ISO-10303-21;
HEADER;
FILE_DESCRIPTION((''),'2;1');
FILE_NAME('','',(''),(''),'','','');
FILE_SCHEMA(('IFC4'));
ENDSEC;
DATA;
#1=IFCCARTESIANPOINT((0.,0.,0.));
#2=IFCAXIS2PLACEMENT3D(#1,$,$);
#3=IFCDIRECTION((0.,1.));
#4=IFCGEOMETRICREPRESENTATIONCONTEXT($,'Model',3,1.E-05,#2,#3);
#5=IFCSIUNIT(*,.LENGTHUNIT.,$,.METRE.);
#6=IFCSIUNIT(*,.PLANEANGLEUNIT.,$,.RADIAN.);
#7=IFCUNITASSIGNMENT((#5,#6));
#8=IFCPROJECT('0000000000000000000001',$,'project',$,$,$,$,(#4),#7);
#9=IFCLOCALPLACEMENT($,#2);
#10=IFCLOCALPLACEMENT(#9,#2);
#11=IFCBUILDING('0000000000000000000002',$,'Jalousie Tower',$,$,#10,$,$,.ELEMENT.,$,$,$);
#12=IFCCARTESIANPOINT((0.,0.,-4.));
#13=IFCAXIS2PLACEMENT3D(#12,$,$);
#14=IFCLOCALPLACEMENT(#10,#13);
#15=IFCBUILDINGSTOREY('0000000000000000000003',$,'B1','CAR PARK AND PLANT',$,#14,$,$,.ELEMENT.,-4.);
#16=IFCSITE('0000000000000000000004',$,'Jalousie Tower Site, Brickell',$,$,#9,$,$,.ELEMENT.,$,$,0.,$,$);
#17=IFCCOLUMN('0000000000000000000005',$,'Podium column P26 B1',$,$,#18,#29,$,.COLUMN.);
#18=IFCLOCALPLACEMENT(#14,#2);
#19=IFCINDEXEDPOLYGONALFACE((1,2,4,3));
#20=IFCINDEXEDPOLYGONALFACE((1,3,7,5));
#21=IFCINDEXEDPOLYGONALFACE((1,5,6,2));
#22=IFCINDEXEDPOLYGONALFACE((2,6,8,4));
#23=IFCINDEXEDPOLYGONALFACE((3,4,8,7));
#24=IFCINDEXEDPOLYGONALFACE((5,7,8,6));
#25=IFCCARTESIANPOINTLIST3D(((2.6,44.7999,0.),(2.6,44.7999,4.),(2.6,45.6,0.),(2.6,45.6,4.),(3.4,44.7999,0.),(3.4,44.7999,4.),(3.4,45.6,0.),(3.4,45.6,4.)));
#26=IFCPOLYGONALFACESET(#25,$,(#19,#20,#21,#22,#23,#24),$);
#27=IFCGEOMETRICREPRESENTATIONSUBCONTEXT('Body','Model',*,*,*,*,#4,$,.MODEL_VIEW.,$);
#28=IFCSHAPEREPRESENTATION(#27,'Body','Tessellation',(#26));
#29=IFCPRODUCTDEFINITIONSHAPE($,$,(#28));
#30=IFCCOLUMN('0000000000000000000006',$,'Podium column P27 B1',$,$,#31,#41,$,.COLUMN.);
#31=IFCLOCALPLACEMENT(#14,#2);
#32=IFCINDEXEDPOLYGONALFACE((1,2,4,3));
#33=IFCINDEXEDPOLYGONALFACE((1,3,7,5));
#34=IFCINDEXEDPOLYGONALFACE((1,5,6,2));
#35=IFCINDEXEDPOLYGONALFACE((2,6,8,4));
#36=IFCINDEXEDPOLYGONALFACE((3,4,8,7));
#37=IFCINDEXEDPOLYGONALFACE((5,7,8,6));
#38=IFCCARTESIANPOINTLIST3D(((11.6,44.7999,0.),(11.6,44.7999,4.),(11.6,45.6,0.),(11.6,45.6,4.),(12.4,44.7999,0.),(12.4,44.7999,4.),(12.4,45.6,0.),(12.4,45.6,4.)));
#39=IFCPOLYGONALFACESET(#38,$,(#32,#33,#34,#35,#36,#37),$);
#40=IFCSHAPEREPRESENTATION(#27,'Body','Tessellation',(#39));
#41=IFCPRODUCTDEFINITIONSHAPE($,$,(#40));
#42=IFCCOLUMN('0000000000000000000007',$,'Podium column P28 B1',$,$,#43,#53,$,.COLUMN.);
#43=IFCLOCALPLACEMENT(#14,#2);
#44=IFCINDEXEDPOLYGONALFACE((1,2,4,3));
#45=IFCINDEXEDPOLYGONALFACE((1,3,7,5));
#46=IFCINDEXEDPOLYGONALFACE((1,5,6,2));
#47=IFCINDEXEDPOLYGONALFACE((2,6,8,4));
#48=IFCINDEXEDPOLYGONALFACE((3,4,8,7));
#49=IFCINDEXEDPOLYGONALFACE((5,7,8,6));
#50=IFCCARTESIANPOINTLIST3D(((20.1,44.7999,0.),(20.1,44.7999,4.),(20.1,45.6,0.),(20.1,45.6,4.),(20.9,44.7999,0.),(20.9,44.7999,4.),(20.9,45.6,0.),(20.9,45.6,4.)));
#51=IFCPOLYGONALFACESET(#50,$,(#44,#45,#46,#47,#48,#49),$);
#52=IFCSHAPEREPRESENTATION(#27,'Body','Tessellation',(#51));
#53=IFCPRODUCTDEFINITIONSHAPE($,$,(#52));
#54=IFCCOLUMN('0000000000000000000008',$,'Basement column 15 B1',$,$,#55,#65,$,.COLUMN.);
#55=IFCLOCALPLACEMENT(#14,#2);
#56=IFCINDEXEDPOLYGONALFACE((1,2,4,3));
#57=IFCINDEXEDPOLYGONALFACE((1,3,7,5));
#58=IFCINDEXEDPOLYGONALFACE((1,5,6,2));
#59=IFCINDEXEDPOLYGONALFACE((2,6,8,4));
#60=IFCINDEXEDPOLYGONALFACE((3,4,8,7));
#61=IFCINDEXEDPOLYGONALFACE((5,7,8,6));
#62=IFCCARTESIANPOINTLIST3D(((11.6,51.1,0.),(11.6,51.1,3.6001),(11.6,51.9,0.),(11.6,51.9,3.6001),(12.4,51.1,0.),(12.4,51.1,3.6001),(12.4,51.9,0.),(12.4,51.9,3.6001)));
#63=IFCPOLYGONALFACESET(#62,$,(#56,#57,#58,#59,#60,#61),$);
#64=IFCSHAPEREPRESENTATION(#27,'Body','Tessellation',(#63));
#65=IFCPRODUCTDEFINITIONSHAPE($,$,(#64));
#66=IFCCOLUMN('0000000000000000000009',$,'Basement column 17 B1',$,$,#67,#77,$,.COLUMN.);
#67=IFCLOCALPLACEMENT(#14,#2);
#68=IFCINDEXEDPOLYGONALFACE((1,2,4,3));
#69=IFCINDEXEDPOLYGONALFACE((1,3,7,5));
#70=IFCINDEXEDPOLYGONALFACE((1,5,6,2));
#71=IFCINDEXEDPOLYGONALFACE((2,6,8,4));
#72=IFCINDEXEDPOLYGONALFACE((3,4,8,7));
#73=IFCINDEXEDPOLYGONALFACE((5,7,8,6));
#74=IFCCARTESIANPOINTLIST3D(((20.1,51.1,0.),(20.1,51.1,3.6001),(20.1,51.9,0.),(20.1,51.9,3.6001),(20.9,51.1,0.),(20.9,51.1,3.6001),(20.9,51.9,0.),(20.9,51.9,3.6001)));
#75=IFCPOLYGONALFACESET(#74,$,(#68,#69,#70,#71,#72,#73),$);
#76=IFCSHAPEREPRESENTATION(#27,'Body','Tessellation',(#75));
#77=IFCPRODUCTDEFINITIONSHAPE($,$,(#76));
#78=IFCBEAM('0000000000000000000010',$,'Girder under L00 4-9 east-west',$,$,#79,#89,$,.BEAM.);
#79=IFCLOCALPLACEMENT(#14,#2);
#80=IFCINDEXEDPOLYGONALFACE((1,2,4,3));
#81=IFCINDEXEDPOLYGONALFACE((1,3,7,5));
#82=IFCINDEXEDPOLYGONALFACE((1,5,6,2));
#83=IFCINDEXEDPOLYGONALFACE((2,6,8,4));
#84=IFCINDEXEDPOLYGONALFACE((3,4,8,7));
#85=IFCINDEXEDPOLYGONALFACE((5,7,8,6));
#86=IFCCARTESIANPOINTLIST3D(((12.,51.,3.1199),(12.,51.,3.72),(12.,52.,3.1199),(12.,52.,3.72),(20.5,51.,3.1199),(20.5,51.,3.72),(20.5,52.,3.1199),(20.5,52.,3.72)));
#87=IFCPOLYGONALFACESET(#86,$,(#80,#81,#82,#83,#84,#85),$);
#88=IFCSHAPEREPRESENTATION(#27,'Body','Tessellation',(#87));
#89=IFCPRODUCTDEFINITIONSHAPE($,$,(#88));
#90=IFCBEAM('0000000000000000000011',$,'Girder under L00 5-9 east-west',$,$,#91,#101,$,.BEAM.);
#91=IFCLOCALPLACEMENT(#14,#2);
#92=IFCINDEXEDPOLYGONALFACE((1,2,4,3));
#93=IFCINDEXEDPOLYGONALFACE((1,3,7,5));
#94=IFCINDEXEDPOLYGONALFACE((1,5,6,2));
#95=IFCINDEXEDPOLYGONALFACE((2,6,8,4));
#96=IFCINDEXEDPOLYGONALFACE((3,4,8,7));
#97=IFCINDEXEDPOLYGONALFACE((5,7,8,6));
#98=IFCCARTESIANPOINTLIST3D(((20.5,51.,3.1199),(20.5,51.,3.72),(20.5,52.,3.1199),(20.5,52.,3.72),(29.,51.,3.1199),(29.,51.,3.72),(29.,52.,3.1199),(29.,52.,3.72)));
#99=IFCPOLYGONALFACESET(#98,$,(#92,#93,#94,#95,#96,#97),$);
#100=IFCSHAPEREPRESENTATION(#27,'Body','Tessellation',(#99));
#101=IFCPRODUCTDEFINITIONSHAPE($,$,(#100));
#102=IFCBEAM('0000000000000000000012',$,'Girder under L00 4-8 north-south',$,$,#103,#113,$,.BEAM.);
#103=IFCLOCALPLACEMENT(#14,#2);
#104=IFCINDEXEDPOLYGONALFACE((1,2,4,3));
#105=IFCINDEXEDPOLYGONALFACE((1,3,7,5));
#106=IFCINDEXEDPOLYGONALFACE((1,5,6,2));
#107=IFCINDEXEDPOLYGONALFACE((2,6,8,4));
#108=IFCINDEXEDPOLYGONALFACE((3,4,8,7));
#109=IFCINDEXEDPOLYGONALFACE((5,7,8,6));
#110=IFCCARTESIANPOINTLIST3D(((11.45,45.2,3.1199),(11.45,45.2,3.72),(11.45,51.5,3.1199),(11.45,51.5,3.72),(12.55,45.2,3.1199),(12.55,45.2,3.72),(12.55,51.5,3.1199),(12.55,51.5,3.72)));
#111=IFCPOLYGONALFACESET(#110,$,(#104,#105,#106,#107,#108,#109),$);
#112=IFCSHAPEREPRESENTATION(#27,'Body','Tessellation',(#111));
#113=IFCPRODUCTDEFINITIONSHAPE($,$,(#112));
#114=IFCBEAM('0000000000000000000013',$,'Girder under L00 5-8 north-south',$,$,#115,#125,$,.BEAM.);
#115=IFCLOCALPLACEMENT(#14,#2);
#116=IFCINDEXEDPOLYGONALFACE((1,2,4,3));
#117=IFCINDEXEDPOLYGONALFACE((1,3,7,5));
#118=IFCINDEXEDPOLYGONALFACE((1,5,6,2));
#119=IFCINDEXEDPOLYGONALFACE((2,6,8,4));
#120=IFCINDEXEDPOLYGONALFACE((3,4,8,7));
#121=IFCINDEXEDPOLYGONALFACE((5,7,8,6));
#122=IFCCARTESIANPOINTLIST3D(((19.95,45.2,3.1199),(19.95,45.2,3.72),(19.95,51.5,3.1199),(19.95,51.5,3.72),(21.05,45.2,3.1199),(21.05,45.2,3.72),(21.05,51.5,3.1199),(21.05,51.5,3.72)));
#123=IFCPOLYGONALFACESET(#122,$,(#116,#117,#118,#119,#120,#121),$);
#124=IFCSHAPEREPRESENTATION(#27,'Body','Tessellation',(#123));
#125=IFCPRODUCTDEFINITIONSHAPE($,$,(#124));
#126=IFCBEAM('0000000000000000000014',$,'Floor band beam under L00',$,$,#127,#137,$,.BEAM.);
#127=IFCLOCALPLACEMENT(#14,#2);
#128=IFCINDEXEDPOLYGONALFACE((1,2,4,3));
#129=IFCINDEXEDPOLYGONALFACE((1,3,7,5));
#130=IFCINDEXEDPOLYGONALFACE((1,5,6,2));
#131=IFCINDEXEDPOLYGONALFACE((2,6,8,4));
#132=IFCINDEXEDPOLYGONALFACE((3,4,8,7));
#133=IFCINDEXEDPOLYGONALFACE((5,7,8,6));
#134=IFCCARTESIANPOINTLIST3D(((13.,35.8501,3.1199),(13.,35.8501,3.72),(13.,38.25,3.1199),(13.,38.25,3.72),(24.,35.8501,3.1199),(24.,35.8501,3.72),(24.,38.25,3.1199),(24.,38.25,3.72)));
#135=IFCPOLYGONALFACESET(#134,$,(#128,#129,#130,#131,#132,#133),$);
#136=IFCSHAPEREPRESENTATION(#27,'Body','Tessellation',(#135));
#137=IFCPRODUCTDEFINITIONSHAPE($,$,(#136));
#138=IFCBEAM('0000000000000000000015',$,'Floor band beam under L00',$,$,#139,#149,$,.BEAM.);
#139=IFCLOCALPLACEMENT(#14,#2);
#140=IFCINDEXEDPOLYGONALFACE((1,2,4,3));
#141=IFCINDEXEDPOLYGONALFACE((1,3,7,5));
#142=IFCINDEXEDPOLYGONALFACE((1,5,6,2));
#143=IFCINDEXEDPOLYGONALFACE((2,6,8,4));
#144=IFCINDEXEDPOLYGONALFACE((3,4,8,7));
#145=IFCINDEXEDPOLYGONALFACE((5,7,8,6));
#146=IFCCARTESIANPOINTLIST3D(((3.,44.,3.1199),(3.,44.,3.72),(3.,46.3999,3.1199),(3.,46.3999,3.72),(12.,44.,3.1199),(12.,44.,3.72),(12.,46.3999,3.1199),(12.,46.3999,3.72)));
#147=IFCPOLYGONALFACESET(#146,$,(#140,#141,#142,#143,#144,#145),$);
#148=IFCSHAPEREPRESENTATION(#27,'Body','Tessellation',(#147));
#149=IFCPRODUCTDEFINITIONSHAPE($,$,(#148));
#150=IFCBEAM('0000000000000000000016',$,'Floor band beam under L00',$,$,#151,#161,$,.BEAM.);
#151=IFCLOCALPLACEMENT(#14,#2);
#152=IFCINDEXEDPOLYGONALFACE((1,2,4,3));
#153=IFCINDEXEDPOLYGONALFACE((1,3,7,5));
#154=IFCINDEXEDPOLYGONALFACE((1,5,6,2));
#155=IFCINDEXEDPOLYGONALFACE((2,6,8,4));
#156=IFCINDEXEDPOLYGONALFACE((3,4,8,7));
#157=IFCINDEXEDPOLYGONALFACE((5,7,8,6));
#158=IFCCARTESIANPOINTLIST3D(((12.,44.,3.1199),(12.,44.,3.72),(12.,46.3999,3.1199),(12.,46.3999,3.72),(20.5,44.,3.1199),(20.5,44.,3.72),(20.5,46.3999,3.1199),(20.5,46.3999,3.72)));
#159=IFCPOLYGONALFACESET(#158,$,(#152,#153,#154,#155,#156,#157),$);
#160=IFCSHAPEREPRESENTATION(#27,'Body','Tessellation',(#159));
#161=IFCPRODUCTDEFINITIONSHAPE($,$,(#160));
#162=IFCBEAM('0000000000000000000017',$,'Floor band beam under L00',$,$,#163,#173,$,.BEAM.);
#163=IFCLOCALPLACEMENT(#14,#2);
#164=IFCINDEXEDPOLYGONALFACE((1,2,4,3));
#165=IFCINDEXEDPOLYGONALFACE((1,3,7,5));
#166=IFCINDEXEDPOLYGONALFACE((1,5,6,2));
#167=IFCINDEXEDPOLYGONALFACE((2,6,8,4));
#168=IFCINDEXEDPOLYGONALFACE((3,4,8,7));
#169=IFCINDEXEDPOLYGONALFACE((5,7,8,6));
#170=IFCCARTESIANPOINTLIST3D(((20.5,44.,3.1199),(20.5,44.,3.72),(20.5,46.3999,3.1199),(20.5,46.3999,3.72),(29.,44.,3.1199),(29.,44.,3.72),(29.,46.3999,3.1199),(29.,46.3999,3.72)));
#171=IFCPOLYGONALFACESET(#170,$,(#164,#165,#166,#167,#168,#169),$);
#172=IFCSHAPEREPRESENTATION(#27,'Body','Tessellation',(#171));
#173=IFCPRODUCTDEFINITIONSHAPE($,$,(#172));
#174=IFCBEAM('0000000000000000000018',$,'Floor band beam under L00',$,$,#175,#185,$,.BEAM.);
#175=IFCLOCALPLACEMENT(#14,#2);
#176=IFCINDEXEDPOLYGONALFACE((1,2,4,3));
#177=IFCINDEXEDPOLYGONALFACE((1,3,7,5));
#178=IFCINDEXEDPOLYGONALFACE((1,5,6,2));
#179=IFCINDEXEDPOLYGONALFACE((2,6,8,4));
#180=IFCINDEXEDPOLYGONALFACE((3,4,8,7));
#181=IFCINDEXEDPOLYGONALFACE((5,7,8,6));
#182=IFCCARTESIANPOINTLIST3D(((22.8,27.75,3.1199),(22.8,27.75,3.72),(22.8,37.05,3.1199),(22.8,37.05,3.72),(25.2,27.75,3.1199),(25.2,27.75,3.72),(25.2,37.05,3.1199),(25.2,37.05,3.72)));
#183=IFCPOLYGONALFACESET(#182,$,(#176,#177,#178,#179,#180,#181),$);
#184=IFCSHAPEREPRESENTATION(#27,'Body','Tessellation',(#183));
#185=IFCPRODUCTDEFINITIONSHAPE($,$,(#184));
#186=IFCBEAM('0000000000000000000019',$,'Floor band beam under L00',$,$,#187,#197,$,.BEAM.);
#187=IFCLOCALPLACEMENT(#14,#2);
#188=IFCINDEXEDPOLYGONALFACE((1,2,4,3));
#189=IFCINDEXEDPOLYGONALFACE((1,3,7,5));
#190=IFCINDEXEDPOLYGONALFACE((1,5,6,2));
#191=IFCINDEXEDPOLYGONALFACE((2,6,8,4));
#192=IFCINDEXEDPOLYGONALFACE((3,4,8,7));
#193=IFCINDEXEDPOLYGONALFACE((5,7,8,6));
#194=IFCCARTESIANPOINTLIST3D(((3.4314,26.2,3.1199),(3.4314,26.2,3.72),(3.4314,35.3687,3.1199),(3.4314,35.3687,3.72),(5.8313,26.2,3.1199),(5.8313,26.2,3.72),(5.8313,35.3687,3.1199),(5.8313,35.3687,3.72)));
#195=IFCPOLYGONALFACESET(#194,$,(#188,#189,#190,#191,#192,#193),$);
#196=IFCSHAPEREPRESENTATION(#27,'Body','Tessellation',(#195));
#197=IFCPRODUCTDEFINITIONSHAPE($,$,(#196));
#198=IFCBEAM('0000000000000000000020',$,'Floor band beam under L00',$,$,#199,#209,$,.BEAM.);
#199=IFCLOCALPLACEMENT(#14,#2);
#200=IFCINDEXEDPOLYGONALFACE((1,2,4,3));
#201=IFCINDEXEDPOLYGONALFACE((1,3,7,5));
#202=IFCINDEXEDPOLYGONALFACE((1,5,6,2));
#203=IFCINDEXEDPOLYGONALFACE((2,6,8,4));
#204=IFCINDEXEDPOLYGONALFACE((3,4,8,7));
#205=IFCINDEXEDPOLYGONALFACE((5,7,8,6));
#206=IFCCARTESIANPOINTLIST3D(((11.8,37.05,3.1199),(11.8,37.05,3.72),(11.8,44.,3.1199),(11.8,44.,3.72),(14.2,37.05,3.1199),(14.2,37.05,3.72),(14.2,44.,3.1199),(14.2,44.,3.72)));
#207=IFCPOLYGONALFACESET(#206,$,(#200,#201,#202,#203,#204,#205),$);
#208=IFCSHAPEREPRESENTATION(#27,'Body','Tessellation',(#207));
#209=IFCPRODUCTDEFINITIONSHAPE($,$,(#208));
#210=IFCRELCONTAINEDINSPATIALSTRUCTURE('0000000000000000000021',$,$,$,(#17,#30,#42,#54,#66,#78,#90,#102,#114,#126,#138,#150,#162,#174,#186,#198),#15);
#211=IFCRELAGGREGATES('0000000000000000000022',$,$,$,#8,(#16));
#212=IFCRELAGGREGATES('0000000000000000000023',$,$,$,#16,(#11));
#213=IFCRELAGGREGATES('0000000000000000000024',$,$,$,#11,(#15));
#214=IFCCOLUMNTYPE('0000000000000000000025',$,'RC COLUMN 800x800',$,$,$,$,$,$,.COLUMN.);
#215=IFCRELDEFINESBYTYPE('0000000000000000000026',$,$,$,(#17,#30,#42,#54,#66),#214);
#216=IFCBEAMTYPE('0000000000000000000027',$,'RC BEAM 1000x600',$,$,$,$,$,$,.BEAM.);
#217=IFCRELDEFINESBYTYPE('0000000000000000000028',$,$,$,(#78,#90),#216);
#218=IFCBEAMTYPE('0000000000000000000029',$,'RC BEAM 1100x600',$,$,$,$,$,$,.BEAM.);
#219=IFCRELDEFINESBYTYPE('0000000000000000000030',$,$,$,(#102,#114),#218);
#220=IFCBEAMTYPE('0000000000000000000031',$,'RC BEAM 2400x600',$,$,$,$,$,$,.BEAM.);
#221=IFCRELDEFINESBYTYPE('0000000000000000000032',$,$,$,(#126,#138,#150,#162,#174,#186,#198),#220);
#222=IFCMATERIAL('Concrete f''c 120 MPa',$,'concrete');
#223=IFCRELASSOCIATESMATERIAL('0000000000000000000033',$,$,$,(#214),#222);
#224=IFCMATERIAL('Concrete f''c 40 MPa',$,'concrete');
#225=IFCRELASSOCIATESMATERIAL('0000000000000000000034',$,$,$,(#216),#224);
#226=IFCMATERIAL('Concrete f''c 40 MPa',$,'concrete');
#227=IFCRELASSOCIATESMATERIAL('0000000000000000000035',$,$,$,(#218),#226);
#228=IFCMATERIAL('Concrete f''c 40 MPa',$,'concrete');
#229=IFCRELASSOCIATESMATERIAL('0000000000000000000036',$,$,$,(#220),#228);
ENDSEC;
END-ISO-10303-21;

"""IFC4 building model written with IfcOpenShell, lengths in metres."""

from ifc_helpers import new_model, si_unit, direction, frame, origin, origin_2d, place, context, subcontext, project, spatial, rectangle, extrude, material, material_profile, profile_set, type_object, element, save


model = new_model("IFC4")

# Units and contexts
model_context = context("Model", 3, precision=1e-05, world=origin(), true_north=direction((0.0, 1.0)))
body_context = subcontext(model_context, "Body", "Model", "MODEL_VIEW")
ifc_project = project(units=[si_unit("LENGTHUNIT", "METRE"), si_unit("PLANEANGLEUNIT", "RADIAN")], contexts=[model_context])

# Site, building, storey
site_placement = place(None, origin())
site = spatial("IfcSite", under=ifc_project, at=site_placement, Name="Jalousie Tower Site, Brickell", CompositionType="ELEMENT", RefElevation=0.0)
building_placement = place(site_placement, origin())
building = spatial("IfcBuilding", under=site, at=building_placement, Name="Jalousie Tower", CompositionType="ELEMENT")
storey_placement = place(building_placement, frame((0.0, 0.0, -4.0)))
storey = spatial("IfcBuildingStorey", under=building, at=storey_placement, Name="B1", Description="CAR PARK AND PLANT", CompositionType="ELEMENT", Elevation=-4.0)

# Columns
ifc_material_1 = material(Name="Concrete f'c 120 MPa", Category="concrete")
ifc_material_profile_1 = material_profile(ifc_material_1, rectangle(XDim=0.8, YDim=0.8, at=origin_2d()), Name="RC 800x800")
ifc_profile_set_1 = profile_set([ifc_material_profile_1], Name="Concrete f'c 120 MPa")
column_type = type_object("IfcColumnType", Name="RC COLUMN 800x800", PredefinedType="COLUMN", material=ifc_profile_set_1)
for number, where, z_axis, x_axis, name in (
    (1, (3.0, 45.2, 0.0), (0.0, 0.0, 1.0), (1.0, 0.0, 0.0), "Podium column P26 B1"),
    (2, (12.0, 45.2, 0.0), (0.0, 0.0, 1.0), (1.0, 0.0, 0.0), "Podium column P27 B1"),
    (3, (20.5, 45.2, 0.0), (0.0, 0.0, 1.0), (1.0, 0.0, 0.0), "Podium column P28 B1"),
):
    element("IfcColumn", number, at=place(storey_placement, frame(where, z_axis=z_axis, x_axis=x_axis)), inside=storey, type_object=column_type, Name=name, PredefinedType="COLUMN", context=body_context, shape_type="SweptSolid", body=[
        extrude(rectangle(XDim=0.8, YDim=0.8, at=origin_2d()), origin(), (0.0, 0.0, 1.0), 4.0),
    ])
for number, where, z_axis, x_axis, name in (
    (4, (12.0, 51.5, 0.0), (0.0, 0.0, 1.0), (1.0, 0.0, 0.0), "Basement column 15 B1"),
    (5, (20.5, 51.5, 0.0), (0.0, 0.0, 1.0), (1.0, 0.0, 0.0), "Basement column 17 B1"),
):
    element("IfcColumn", number, at=place(storey_placement, frame(where, z_axis=z_axis, x_axis=x_axis)), inside=storey, type_object=column_type, Name=name, PredefinedType="COLUMN", context=body_context, shape_type="SweptSolid", body=[
        extrude(rectangle(XDim=0.8, YDim=0.8, at=origin_2d()), origin(), (0.0, 0.0, 1.0), 3.6001),
    ])

# Beams
ifc_material_2 = material(Name="Concrete f'c 40 MPa", Category="concrete")
ifc_material_profile_2 = material_profile(ifc_material_2, rectangle(XDim=1.0, YDim=0.6001, at=origin_2d()), Name="RC 1000x600")
ifc_profile_set_2 = profile_set([ifc_material_profile_2], Name="Concrete f'c 40 MPa")
beam_type_1 = type_object("IfcBeamType", Name="RC BEAM 1000x600", PredefinedType="BEAM", material=ifc_profile_set_2)
for number, where, z_axis, x_axis, name in (
    (6, (12.0, 51.5, 3.4199), (1.0, 0.0, 0.0), (0.0, 1.0, 0.0), "Girder under L00 4-9 east-west"),
    (7, (20.5, 51.5, 3.4199), (1.0, 0.0, 0.0), (0.0, 1.0, 0.0), "Girder under L00 5-9 east-west"),
):
    element("IfcBeam", number, at=place(storey_placement, frame(where, z_axis=z_axis, x_axis=x_axis)), inside=storey, type_object=beam_type_1, Name=name, PredefinedType="BEAM", context=body_context, shape_type="SweptSolid", body=[
        extrude(rectangle(XDim=1.0, YDim=0.6001, at=origin_2d()), origin(), (0.0, 0.0, 1.0), 8.5),
    ])
ifc_material_3 = material(Name="Concrete f'c 40 MPa", Category="concrete")
ifc_material_profile_3 = material_profile(ifc_material_3, rectangle(XDim=1.1001, YDim=0.6001, at=origin_2d()), Name="RC 1100x600")
ifc_profile_set_3 = profile_set([ifc_material_profile_3], Name="Concrete f'c 40 MPa")
beam_type_2 = type_object("IfcBeamType", Name="RC BEAM 1100x600", PredefinedType="BEAM", material=ifc_profile_set_3)
for number, where, z_axis, x_axis, name in (
    (8, (12.0, 45.2, 3.4199), (0.0, 1.0, 0.0), (-1.0, 0.0, 0.0), "Girder under L00 4-8 north-south"),
    (9, (20.5, 45.2, 3.4199), (0.0, 1.0, 0.0), (-1.0, 0.0, 0.0), "Girder under L00 5-8 north-south"),
):
    element("IfcBeam", number, at=place(storey_placement, frame(where, z_axis=z_axis, x_axis=x_axis)), inside=storey, type_object=beam_type_2, Name=name, PredefinedType="BEAM", context=body_context, shape_type="SweptSolid", body=[
        extrude(rectangle(XDim=1.1001, YDim=0.6001, at=origin_2d()), origin(), (0.0, 0.0, 1.0), 6.3),
    ])
ifc_material_4 = material(Name="Concrete f'c 40 MPa", Category="concrete")
ifc_material_profile_4 = material_profile(ifc_material_4, rectangle(XDim=2.3999, YDim=0.6001, at=origin_2d()), Name="RC 2400x600")
ifc_profile_set_4 = profile_set([ifc_material_profile_4], Name="Concrete f'c 40 MPa")
beam_type_3 = type_object("IfcBeamType", Name="RC BEAM 2400x600", PredefinedType="BEAM", material=ifc_profile_set_4)
beam_1_placement = place(storey_placement, frame((24.0, 37.05, 3.4199), z_axis=(-1.0, 0.0, 0.0), x_axis=(0.0, -1.0, 0.0)))
element("IfcBeam", 10, at=beam_1_placement, inside=storey, type_object=beam_type_3, Name="Floor band beam under L00", PredefinedType="BEAM", context=body_context, shape_type="SweptSolid", body=[
    extrude(rectangle(XDim=2.3999, YDim=0.6001, at=origin_2d()), origin(), (0.0, 0.0, 1.0), 11.0),
])
beam_2_placement = place(storey_placement, frame((3.0, 45.2, 3.4199), z_axis=(1.0, 0.0, 0.0), x_axis=(0.0, 1.0, 0.0)))
element("IfcBeam", 11, at=beam_2_placement, inside=storey, type_object=beam_type_3, Name="Floor band beam under L00", PredefinedType="BEAM", context=body_context, shape_type="SweptSolid", body=[
    extrude(rectangle(XDim=2.3999, YDim=0.6001, at=origin_2d()), origin(), (0.0, 0.0, 1.0), 9.0),
])
for number, where, z_axis, x_axis, name in (
    (12, (12.0, 45.2, 3.4199), (1.0, 0.0, 0.0), (0.0, 1.0, 0.0), "Floor band beam under L00"),
    (13, (20.5, 45.2, 3.4199), (1.0, 0.0, 0.0), (0.0, 1.0, 0.0), "Floor band beam under L00"),
):
    element("IfcBeam", number, at=place(storey_placement, frame(where, z_axis=z_axis, x_axis=x_axis)), inside=storey, type_object=beam_type_3, Name=name, PredefinedType="BEAM", context=body_context, shape_type="SweptSolid", body=[
        extrude(rectangle(XDim=2.3999, YDim=0.6001, at=origin_2d()), origin(), (0.0, 0.0, 1.0), 8.5),
    ])
beam_3_placement = place(storey_placement, frame((24.0, 37.05, 3.4199), z_axis=(0.0, -1.0, 0.0), x_axis=(1.0, 0.0, 0.0)))
element("IfcBeam", 14, at=beam_3_placement, inside=storey, type_object=beam_type_3, Name="Floor band beam under L00", PredefinedType="BEAM", context=body_context, shape_type="SweptSolid", body=[
    extrude(rectangle(XDim=2.3999, YDim=0.6001, at=origin_2d()), origin(), (0.0, 0.0, 1.0), 9.3),
])
beam_4_placement = place(storey_placement, frame((4.6313, 35.3687, 3.4199), z_axis=(0.0, -1.0, 0.0), x_axis=(1.0, 0.0, 0.0)))
element("IfcBeam", 15, at=beam_4_placement, inside=storey, type_object=beam_type_3, Name="Floor band beam under L00", PredefinedType="BEAM", context=body_context, shape_type="SweptSolid", body=[
    extrude(rectangle(XDim=2.3999, YDim=0.6001, at=origin_2d()), origin(), (0.0, 0.0, 1.0), 9.1687),
])
beam_5_placement = place(storey_placement, frame((13.0, 37.05, 3.4199), z_axis=(0.0, 1.0, 0.0), x_axis=(-1.0, 0.0, 0.0)))
element("IfcBeam", 16, at=beam_5_placement, inside=storey, type_object=beam_type_3, Name="Floor band beam under L00", PredefinedType="BEAM", context=body_context, shape_type="SweptSolid", body=[
    extrude(rectangle(XDim=2.3999, YDim=0.6001, at=origin_2d()), origin(), (0.0, 0.0, 1.0), 6.95),
])

save(model, "model.ifc")
